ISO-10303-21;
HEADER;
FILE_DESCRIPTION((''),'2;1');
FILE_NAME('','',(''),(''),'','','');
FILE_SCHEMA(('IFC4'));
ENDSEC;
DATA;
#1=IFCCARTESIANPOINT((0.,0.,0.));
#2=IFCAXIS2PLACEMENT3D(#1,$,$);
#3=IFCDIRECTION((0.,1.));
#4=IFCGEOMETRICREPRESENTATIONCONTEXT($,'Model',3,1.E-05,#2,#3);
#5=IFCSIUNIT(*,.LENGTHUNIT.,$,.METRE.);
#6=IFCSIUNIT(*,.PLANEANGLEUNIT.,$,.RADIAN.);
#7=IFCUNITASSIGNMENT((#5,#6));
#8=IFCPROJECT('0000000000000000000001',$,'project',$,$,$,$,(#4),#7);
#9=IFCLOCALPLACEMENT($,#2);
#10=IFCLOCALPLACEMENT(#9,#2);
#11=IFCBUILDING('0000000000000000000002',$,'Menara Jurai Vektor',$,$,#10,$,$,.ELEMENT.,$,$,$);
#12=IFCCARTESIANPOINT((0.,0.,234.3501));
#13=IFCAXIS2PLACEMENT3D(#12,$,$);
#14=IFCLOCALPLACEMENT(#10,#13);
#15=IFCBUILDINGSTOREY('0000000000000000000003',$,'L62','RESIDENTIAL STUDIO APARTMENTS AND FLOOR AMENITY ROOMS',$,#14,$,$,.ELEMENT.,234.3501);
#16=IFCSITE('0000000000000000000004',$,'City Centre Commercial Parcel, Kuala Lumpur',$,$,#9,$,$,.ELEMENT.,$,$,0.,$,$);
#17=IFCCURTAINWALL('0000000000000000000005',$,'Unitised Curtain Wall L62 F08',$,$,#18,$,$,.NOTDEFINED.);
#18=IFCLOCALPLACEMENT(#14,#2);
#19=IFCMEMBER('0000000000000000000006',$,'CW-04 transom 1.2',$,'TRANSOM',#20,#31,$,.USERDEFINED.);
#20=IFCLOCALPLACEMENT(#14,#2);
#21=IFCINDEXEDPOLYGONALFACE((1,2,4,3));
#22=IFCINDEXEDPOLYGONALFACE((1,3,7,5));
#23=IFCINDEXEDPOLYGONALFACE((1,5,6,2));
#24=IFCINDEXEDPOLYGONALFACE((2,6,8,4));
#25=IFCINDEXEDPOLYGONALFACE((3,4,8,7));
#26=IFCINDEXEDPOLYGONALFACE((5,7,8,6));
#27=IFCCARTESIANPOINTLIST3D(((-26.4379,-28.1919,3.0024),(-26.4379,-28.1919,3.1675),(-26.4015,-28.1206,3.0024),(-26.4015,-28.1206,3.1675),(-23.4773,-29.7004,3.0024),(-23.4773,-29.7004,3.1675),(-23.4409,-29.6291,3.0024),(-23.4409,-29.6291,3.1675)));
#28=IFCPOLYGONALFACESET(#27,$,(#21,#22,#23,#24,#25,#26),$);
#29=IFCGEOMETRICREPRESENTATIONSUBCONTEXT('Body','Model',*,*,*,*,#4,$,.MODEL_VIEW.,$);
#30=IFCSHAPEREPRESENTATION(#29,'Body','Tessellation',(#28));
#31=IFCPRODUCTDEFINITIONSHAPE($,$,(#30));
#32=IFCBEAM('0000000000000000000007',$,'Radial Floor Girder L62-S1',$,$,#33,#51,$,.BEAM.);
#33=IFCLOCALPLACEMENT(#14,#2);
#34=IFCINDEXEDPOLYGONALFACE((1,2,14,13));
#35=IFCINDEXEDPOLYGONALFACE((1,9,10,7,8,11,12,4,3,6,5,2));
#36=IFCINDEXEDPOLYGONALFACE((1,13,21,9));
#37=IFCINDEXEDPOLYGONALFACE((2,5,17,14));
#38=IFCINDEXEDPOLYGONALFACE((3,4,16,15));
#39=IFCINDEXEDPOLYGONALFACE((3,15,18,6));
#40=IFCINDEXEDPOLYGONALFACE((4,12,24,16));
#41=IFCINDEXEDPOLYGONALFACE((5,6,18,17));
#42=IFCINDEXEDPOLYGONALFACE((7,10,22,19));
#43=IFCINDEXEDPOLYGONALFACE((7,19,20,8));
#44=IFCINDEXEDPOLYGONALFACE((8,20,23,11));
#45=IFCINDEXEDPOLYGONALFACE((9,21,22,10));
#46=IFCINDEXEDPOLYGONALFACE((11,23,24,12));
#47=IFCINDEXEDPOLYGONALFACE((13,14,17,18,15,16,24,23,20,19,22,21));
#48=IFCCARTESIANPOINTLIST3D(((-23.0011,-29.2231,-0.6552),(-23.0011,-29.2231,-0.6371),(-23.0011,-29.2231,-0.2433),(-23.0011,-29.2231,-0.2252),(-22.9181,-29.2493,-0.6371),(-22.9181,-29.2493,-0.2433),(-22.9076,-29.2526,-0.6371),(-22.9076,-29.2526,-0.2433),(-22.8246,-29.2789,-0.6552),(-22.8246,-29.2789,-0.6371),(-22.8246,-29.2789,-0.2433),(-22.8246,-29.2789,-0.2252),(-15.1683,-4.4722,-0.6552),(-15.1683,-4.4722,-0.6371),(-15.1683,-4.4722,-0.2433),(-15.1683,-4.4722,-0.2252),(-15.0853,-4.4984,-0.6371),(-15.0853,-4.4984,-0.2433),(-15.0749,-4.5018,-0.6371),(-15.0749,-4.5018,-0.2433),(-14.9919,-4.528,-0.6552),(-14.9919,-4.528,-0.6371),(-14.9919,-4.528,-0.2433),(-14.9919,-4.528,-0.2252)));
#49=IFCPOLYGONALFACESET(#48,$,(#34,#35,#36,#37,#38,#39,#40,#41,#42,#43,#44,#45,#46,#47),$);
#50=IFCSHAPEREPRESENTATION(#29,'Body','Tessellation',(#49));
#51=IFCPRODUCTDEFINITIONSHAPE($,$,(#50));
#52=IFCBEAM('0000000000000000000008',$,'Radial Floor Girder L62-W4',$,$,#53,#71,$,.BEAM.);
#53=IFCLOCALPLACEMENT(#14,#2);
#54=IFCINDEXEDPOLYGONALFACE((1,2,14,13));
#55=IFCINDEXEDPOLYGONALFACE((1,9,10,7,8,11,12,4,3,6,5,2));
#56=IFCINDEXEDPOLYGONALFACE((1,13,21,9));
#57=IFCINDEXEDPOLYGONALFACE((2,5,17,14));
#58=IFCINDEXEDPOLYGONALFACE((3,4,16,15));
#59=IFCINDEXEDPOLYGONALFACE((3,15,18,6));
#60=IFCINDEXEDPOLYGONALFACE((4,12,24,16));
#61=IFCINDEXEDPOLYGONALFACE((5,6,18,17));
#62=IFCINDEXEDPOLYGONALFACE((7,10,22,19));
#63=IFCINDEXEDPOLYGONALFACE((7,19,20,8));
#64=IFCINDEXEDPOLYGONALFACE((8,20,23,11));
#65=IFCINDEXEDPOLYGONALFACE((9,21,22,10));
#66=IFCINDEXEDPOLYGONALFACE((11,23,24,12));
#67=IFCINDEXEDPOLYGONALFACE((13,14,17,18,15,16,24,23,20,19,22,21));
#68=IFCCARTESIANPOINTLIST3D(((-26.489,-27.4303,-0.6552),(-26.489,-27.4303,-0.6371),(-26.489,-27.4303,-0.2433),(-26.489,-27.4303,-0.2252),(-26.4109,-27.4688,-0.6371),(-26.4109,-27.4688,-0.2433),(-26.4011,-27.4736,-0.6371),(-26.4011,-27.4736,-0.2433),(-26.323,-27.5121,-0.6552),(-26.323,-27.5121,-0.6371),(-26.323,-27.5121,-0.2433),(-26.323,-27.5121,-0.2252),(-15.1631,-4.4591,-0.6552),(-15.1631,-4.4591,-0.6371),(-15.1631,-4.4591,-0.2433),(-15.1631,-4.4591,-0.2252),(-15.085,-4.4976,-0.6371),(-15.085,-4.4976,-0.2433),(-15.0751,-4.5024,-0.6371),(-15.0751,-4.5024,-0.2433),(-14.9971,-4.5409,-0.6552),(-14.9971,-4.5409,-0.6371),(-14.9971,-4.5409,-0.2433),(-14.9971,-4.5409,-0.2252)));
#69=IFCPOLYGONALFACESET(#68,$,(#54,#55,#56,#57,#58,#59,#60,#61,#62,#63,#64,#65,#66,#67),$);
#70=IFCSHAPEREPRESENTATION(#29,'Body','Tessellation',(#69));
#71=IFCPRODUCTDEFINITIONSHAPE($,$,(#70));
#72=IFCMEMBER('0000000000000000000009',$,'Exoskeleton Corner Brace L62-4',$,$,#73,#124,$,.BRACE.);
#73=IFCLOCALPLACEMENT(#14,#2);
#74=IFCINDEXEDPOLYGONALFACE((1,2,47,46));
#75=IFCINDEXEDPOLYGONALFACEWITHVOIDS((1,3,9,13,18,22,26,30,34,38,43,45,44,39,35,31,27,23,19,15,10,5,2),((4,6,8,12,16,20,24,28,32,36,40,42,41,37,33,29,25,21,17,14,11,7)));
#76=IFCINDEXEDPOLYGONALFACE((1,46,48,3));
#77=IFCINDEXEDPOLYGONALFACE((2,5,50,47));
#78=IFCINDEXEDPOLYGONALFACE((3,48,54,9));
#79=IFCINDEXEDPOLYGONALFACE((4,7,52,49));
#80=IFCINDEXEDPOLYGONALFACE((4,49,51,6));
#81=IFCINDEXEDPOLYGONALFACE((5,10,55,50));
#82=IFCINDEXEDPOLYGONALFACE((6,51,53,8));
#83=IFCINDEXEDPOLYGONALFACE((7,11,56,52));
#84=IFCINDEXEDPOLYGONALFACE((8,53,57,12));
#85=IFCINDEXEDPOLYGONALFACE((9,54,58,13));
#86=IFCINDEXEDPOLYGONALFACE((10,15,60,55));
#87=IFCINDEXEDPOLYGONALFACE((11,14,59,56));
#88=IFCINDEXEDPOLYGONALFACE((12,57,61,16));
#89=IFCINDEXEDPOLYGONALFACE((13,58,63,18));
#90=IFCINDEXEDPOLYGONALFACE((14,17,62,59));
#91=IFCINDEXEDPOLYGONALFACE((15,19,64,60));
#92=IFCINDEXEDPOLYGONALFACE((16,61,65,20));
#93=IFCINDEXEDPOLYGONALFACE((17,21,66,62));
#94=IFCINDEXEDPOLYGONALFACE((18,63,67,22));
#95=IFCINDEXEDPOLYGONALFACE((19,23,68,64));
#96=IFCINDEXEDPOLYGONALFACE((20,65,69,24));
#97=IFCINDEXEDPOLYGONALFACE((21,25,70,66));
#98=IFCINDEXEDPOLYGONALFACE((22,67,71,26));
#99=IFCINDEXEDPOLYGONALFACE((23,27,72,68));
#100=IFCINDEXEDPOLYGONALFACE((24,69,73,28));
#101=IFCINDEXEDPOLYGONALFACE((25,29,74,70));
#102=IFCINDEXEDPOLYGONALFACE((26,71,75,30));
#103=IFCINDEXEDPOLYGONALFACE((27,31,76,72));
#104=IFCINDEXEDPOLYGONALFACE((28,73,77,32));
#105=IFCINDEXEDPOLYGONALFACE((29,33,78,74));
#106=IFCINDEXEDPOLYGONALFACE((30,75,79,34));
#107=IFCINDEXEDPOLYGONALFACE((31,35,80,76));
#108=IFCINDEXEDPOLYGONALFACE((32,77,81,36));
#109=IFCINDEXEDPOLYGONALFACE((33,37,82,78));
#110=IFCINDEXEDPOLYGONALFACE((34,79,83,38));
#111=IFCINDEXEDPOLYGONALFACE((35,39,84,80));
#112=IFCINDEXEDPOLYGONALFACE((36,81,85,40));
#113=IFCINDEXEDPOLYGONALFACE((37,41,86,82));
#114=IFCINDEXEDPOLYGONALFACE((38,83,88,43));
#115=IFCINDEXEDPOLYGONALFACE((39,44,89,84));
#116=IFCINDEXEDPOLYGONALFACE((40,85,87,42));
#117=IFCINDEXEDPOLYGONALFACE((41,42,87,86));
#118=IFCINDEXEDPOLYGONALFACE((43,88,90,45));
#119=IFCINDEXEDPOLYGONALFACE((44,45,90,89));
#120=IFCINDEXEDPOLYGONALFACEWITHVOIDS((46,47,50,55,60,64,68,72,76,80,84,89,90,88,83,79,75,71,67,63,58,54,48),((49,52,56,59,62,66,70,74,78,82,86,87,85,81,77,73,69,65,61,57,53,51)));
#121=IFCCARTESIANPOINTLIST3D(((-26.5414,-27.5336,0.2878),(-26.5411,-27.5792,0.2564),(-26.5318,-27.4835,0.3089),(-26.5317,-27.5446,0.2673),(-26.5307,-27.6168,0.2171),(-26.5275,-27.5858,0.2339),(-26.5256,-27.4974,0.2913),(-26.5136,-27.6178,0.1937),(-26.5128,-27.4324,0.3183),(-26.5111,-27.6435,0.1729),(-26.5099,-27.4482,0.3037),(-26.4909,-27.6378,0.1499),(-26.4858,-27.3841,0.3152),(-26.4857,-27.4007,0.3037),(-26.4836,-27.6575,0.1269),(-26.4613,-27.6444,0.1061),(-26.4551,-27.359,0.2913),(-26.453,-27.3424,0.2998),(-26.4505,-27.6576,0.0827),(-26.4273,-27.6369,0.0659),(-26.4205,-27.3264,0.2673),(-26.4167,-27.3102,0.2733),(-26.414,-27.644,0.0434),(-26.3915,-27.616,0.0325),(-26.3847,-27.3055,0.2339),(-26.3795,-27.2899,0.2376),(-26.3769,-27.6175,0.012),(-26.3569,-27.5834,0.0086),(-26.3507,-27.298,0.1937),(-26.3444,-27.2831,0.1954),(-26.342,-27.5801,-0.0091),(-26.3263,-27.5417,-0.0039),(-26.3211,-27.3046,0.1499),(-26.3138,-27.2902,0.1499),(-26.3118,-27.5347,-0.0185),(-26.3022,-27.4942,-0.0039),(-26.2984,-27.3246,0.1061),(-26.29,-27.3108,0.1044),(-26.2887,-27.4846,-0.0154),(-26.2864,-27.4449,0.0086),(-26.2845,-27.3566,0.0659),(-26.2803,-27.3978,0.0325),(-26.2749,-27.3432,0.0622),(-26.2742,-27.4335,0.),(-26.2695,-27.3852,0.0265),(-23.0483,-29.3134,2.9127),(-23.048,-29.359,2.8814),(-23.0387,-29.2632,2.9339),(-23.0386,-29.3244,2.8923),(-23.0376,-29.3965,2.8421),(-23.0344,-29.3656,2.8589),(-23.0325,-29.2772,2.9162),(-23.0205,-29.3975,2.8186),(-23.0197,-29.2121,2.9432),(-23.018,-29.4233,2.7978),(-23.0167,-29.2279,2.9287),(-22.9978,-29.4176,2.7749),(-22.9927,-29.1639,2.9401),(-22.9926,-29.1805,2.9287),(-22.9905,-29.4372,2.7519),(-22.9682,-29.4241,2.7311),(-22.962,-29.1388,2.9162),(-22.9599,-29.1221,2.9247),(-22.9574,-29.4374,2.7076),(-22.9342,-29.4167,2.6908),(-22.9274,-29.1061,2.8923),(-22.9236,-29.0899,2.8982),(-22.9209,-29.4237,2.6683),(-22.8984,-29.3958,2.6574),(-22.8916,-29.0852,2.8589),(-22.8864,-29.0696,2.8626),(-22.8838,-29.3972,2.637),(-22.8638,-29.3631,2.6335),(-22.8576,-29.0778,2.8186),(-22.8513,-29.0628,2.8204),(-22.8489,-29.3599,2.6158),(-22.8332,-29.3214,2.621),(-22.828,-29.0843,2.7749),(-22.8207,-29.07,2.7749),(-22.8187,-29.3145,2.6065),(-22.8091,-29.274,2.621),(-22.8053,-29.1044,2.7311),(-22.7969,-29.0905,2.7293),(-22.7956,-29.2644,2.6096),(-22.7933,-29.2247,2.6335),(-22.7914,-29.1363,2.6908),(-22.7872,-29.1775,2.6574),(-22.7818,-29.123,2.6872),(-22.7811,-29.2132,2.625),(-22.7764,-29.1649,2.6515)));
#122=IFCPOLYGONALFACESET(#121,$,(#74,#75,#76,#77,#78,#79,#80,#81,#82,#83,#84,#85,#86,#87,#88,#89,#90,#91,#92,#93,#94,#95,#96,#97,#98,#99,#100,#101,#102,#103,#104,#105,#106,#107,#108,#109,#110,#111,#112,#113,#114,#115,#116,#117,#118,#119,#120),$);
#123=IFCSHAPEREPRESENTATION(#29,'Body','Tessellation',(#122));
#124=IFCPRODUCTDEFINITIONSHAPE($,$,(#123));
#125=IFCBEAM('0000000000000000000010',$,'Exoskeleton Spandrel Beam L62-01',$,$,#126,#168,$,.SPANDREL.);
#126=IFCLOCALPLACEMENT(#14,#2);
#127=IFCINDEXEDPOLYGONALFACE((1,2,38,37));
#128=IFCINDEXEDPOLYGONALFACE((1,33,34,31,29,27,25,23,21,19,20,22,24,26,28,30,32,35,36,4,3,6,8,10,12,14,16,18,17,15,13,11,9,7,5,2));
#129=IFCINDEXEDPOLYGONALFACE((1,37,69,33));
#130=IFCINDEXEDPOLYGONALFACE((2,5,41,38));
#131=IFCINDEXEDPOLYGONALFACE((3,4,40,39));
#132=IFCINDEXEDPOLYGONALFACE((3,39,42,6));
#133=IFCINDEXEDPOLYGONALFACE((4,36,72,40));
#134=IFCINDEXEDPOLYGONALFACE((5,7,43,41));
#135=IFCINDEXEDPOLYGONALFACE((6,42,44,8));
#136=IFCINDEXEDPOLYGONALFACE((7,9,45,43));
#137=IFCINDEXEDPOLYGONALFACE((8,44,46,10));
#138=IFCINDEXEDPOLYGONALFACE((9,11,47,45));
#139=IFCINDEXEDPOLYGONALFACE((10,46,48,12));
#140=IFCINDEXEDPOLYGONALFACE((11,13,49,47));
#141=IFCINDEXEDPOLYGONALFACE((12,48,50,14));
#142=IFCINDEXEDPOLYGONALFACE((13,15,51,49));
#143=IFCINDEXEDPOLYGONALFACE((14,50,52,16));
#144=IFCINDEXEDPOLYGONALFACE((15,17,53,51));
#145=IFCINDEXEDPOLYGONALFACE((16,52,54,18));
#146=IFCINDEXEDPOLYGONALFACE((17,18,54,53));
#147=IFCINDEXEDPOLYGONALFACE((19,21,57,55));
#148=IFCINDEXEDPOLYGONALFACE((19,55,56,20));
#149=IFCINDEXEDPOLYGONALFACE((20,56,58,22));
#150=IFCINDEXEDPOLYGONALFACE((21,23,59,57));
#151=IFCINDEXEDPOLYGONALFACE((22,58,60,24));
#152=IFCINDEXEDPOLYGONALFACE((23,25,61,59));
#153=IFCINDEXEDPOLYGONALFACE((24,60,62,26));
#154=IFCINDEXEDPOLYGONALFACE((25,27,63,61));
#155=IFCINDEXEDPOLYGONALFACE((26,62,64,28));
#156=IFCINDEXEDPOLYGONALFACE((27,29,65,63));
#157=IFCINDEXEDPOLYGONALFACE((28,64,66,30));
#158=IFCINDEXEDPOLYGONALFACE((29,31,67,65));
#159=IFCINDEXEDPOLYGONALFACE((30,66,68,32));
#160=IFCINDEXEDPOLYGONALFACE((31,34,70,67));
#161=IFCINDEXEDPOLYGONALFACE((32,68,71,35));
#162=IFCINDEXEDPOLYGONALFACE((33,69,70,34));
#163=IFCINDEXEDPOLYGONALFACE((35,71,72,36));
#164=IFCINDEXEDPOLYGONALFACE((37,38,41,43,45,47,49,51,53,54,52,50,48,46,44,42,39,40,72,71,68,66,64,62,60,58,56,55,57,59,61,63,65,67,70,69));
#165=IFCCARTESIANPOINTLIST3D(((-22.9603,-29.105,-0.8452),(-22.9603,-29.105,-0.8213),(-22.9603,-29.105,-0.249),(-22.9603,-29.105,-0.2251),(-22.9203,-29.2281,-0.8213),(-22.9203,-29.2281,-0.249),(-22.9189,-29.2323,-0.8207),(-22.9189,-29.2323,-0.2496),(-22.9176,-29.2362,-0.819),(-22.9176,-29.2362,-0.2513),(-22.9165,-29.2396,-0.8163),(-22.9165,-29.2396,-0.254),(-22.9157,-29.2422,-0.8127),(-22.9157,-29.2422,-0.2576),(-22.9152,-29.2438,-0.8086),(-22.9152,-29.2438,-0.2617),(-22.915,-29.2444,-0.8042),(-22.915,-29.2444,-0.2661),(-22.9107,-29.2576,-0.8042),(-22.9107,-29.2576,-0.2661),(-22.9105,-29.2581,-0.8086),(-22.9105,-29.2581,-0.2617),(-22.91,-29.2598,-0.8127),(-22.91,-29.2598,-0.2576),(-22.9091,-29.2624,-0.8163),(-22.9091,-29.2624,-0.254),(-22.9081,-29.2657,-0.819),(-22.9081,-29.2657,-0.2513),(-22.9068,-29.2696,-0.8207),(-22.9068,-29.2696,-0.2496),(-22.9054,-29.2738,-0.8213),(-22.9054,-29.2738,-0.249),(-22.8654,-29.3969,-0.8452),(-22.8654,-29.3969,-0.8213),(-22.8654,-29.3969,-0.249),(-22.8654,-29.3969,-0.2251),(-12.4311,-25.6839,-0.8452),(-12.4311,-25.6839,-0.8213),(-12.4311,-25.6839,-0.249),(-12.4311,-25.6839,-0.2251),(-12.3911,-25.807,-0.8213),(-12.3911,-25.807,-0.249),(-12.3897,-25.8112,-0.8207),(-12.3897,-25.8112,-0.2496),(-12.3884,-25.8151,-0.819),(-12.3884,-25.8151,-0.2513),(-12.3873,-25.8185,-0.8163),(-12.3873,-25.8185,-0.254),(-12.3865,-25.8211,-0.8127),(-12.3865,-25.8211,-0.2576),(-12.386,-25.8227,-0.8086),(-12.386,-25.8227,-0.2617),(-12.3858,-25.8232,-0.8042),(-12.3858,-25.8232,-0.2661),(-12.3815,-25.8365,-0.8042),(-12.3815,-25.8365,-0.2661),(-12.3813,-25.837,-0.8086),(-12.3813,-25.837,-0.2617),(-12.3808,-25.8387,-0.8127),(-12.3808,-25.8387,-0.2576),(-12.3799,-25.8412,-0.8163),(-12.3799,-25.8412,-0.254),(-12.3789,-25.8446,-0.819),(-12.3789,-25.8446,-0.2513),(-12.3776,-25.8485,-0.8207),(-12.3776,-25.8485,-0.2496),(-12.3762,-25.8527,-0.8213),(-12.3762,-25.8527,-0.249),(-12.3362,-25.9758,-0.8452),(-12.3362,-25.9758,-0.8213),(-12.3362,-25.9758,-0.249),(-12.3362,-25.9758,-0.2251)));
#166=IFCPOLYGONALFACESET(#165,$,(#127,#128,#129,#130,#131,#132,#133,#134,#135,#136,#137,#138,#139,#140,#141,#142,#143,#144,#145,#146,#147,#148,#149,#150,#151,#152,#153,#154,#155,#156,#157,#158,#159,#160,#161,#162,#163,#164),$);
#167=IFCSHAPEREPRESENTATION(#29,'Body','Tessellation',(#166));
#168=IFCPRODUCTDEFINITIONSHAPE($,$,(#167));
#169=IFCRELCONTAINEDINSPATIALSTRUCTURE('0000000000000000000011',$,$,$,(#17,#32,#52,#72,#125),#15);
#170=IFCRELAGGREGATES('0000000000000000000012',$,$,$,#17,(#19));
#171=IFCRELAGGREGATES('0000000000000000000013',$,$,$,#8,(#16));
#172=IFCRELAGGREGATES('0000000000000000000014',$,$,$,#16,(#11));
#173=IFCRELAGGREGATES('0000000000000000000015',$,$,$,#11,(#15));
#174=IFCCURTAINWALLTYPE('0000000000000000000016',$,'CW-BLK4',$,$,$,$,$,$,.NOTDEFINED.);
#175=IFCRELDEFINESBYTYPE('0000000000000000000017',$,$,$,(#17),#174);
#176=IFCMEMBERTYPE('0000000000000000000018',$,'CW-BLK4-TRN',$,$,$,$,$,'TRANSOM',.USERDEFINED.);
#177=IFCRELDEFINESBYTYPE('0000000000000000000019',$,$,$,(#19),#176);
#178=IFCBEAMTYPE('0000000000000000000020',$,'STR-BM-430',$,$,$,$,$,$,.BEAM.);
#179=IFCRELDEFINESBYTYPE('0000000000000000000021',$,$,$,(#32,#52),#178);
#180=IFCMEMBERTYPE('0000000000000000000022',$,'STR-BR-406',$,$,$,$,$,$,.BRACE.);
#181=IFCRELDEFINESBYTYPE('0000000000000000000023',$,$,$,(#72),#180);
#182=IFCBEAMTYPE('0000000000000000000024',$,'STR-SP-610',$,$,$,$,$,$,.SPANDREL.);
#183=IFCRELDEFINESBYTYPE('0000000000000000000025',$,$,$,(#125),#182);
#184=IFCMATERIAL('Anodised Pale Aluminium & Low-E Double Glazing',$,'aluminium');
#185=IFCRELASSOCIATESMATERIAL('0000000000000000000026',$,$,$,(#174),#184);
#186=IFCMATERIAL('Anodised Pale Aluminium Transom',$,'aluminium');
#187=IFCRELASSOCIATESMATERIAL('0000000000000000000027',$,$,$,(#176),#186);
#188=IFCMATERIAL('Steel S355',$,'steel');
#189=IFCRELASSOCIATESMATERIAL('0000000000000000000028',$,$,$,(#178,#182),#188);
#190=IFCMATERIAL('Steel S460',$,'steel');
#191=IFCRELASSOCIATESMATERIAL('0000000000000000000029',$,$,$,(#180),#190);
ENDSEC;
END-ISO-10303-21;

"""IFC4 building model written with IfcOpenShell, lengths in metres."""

from ifc_helpers import new_model, si_unit, direction, frame, origin, origin_2d, place, context, subcontext, project, spatial, rectangle, hollow_circle, i_section, extrude, material, material_profile, profile_set, type_object, element, aggregate, save


model = new_model("IFC4")

# Units and contexts
model_context = context("Model", 3, precision=1e-05, world=origin(), true_north=direction((0.0, 1.0)))
body_context = subcontext(model_context, "Body", "Model", "MODEL_VIEW")
ifc_project = project(units=[si_unit("LENGTHUNIT", "METRE"), si_unit("PLANEANGLEUNIT", "RADIAN")], contexts=[model_context])

# Site, building, storey
site_placement = place(None, origin())
site = spatial("IfcSite", under=ifc_project, at=site_placement, Name="City Centre Commercial Parcel, Kuala Lumpur", CompositionType="ELEMENT", RefElevation=0.0)
building_placement = place(site_placement, origin())
building = spatial("IfcBuilding", under=site, at=building_placement, Name="Menara Jurai Vektor", CompositionType="ELEMENT")
storey_placement = place(building_placement, frame((0.0, 0.0, 234.3501)))
storey = spatial("IfcBuildingStorey", under=building, at=storey_placement, Name="L62", Description="RESIDENTIAL STUDIO APARTMENTS AND FLOOR AMENITY ROOMS", CompositionType="ELEMENT", Elevation=234.3501)

# Shared definitions
ifc_material_1 = material(Name="Steel S460", Category="steel")

# Shared definitions
ifc_material_2 = material(Name="Anodised Pale Aluminium & Low-E Double Glazing", Category="aluminium")
curtain_wall_type = type_object("IfcCurtainWallType", Name="CW-BLK4", PredefinedType="NOTDEFINED", material=ifc_material_2)

# Curtain wall
curtain_wall_1_placement = place(storey_placement, origin())
curtain_wall_1 = element("IfcCurtainWall", 1, at=curtain_wall_1_placement, inside=storey, type_object=curtain_wall_type, Name="Unitised Curtain Wall L62 F08", PredefinedType="NOTDEFINED")

# Member
ifc_material_3 = material(Name="Anodised Pale Aluminium Transom", Category="aluminium")
ifc_material_profile_1 = material_profile(ifc_material_3, rectangle(XDim=0.0801, YDim=0.165, at=origin_2d()), Name="ALU TRN 80x165")
ifc_profile_set_1 = profile_set([ifc_material_profile_1], Name="Anodised Pale Aluminium Transom")
member_type_1 = type_object("IfcMemberType", Name="CW-BLK4-TRN", ElementType="TRANSOM", PredefinedType="USERDEFINED", material=ifc_profile_set_1)
member_1_placement = place(storey_placement, frame((-26.4197, -28.1562, 3.085), z_axis=(0.891007, -0.45399, 0.0), x_axis=(0.45399, 0.891007, 0.0)))
member_1 = element("IfcMember", 2, at=member_1_placement, type_object=member_type_1, Name="CW-04 transom 1.2", ObjectType="TRANSOM", PredefinedType="USERDEFINED", context=body_context, shape_type="SweptSolid", body=[
    extrude(rectangle(XDim=0.0801, YDim=0.165, at=origin_2d()), origin(), (0.0, 0.0, 1.0), 3.3228),
])

# Beams
ifc_material_4 = material(Name="Steel S355", Category="steel")
ifc_material_profile_2 = material_profile(ifc_material_4, i_section(OverallWidth=0.1851, OverallDepth=0.4299, WebThickness=0.011, FlangeThickness=0.0181, at=origin_2d()), Name="PG 430x185x76")
ifc_profile_set_2 = profile_set([ifc_material_profile_2], Name="Steel S355")
beam_type_1 = type_object("IfcBeamType", Name="STR-BM-430", PredefinedType="BEAM", material=ifc_profile_set_2)
beam_1_placement = place(storey_placement, frame((-22.9128, -29.251, -0.4402), z_axis=(0.301715, 0.953398, 0.0), x_axis=(-0.953398, 0.301715, 0.0)))
element("IfcBeam", 3, at=beam_1_placement, inside=storey, type_object=beam_type_1, Name="Radial Floor Girder L62-S1", PredefinedType="BEAM", context=body_context, shape_type="SweptSolid", body=[
    extrude(i_section(OverallWidth=0.1851, OverallDepth=0.4299, WebThickness=0.011, FlangeThickness=0.0181, at=origin_2d()), origin(), (0.0, 0.0, 1.0), 25.9607),
])
beam_2_placement = place(storey_placement, frame((-26.406, -27.4712, -0.4402), z_axis=(0.442219, 0.896907, 0.0), x_axis=(-0.896907, 0.442219, 0.0)))
element("IfcBeam", 4, at=beam_2_placement, inside=storey, type_object=beam_type_1, Name="Radial Floor Girder L62-W4", PredefinedType="BEAM", context=body_context, shape_type="SweptSolid", body=[
    extrude(i_section(OverallWidth=0.1851, OverallDepth=0.4299, WebThickness=0.011, FlangeThickness=0.0181, at=origin_2d()), origin(), (0.0, 0.0, 1.0), 25.6116),
])

# Member
ifc_material_profile_3 = material_profile(ifc_material_1, hollow_circle(Radius=0.2031, WallThickness=0.0161, at=origin_2d()), Name="CHS 406.4x16")
ifc_profile_set_3 = profile_set([ifc_material_profile_3], Name="Steel S460")
member_type_2 = type_object("IfcMemberType", Name="STR-BR-406", PredefinedType="BRACE", material=ifc_profile_set_3)
member_2_placement = place(storey_placement, frame((-26.406, -27.4712, 0.1499), z_axis=(0.740375, -0.377225, 0.556368), x_axis=(0.453976, 0.891014, 0.0)))
element("IfcMember", 5, at=member_2_placement, inside=storey, type_object=member_type_2, Name="Exoskeleton Corner Brace L62-4", PredefinedType="BRACE", context=body_context, shape_type="SweptSolid", body=[
    extrude(hollow_circle(Radius=0.2031, WallThickness=0.0161, at=origin_2d()), origin(), (0.0, 0.0, 1.0), 4.718),
])

# Beam
ifc_material_profile_4 = material_profile(ifc_material_4, i_section(OverallWidth=0.3069, OverallDepth=0.6201, WebThickness=0.0139, FlangeThickness=0.0239, FilletRadius=0.0171, at=origin_2d()), Name="UKB 610x305x179")
ifc_profile_set_4 = profile_set([ifc_material_profile_4], Name="Steel S355")
beam_type_2 = type_object("IfcBeamType", Name="STR-SP-610", PredefinedType="SPANDREL", material=ifc_profile_set_4)
beam_3_placement = place(storey_placement, frame((-22.9128, -29.251, -0.5352), z_axis=(0.951057, 0.309014, 0.0), x_axis=(-0.309014, 0.951057, 0.0)))
element("IfcBeam", 6, at=beam_3_placement, inside=storey, type_object=beam_type_2, Name="Exoskeleton Spandrel Beam L62-01", PredefinedType="SPANDREL", context=body_context, shape_type="SweptSolid", body=[
    extrude(i_section(OverallWidth=0.3069, OverallDepth=0.6201, WebThickness=0.0139, FlangeThickness=0.0239, FilletRadius=0.0171, at=origin_2d()), origin(), (0.0, 0.0, 1.0), 11.071),
])

aggregate(curtain_wall_1, [member_1])

save(model, "model.ifc")
